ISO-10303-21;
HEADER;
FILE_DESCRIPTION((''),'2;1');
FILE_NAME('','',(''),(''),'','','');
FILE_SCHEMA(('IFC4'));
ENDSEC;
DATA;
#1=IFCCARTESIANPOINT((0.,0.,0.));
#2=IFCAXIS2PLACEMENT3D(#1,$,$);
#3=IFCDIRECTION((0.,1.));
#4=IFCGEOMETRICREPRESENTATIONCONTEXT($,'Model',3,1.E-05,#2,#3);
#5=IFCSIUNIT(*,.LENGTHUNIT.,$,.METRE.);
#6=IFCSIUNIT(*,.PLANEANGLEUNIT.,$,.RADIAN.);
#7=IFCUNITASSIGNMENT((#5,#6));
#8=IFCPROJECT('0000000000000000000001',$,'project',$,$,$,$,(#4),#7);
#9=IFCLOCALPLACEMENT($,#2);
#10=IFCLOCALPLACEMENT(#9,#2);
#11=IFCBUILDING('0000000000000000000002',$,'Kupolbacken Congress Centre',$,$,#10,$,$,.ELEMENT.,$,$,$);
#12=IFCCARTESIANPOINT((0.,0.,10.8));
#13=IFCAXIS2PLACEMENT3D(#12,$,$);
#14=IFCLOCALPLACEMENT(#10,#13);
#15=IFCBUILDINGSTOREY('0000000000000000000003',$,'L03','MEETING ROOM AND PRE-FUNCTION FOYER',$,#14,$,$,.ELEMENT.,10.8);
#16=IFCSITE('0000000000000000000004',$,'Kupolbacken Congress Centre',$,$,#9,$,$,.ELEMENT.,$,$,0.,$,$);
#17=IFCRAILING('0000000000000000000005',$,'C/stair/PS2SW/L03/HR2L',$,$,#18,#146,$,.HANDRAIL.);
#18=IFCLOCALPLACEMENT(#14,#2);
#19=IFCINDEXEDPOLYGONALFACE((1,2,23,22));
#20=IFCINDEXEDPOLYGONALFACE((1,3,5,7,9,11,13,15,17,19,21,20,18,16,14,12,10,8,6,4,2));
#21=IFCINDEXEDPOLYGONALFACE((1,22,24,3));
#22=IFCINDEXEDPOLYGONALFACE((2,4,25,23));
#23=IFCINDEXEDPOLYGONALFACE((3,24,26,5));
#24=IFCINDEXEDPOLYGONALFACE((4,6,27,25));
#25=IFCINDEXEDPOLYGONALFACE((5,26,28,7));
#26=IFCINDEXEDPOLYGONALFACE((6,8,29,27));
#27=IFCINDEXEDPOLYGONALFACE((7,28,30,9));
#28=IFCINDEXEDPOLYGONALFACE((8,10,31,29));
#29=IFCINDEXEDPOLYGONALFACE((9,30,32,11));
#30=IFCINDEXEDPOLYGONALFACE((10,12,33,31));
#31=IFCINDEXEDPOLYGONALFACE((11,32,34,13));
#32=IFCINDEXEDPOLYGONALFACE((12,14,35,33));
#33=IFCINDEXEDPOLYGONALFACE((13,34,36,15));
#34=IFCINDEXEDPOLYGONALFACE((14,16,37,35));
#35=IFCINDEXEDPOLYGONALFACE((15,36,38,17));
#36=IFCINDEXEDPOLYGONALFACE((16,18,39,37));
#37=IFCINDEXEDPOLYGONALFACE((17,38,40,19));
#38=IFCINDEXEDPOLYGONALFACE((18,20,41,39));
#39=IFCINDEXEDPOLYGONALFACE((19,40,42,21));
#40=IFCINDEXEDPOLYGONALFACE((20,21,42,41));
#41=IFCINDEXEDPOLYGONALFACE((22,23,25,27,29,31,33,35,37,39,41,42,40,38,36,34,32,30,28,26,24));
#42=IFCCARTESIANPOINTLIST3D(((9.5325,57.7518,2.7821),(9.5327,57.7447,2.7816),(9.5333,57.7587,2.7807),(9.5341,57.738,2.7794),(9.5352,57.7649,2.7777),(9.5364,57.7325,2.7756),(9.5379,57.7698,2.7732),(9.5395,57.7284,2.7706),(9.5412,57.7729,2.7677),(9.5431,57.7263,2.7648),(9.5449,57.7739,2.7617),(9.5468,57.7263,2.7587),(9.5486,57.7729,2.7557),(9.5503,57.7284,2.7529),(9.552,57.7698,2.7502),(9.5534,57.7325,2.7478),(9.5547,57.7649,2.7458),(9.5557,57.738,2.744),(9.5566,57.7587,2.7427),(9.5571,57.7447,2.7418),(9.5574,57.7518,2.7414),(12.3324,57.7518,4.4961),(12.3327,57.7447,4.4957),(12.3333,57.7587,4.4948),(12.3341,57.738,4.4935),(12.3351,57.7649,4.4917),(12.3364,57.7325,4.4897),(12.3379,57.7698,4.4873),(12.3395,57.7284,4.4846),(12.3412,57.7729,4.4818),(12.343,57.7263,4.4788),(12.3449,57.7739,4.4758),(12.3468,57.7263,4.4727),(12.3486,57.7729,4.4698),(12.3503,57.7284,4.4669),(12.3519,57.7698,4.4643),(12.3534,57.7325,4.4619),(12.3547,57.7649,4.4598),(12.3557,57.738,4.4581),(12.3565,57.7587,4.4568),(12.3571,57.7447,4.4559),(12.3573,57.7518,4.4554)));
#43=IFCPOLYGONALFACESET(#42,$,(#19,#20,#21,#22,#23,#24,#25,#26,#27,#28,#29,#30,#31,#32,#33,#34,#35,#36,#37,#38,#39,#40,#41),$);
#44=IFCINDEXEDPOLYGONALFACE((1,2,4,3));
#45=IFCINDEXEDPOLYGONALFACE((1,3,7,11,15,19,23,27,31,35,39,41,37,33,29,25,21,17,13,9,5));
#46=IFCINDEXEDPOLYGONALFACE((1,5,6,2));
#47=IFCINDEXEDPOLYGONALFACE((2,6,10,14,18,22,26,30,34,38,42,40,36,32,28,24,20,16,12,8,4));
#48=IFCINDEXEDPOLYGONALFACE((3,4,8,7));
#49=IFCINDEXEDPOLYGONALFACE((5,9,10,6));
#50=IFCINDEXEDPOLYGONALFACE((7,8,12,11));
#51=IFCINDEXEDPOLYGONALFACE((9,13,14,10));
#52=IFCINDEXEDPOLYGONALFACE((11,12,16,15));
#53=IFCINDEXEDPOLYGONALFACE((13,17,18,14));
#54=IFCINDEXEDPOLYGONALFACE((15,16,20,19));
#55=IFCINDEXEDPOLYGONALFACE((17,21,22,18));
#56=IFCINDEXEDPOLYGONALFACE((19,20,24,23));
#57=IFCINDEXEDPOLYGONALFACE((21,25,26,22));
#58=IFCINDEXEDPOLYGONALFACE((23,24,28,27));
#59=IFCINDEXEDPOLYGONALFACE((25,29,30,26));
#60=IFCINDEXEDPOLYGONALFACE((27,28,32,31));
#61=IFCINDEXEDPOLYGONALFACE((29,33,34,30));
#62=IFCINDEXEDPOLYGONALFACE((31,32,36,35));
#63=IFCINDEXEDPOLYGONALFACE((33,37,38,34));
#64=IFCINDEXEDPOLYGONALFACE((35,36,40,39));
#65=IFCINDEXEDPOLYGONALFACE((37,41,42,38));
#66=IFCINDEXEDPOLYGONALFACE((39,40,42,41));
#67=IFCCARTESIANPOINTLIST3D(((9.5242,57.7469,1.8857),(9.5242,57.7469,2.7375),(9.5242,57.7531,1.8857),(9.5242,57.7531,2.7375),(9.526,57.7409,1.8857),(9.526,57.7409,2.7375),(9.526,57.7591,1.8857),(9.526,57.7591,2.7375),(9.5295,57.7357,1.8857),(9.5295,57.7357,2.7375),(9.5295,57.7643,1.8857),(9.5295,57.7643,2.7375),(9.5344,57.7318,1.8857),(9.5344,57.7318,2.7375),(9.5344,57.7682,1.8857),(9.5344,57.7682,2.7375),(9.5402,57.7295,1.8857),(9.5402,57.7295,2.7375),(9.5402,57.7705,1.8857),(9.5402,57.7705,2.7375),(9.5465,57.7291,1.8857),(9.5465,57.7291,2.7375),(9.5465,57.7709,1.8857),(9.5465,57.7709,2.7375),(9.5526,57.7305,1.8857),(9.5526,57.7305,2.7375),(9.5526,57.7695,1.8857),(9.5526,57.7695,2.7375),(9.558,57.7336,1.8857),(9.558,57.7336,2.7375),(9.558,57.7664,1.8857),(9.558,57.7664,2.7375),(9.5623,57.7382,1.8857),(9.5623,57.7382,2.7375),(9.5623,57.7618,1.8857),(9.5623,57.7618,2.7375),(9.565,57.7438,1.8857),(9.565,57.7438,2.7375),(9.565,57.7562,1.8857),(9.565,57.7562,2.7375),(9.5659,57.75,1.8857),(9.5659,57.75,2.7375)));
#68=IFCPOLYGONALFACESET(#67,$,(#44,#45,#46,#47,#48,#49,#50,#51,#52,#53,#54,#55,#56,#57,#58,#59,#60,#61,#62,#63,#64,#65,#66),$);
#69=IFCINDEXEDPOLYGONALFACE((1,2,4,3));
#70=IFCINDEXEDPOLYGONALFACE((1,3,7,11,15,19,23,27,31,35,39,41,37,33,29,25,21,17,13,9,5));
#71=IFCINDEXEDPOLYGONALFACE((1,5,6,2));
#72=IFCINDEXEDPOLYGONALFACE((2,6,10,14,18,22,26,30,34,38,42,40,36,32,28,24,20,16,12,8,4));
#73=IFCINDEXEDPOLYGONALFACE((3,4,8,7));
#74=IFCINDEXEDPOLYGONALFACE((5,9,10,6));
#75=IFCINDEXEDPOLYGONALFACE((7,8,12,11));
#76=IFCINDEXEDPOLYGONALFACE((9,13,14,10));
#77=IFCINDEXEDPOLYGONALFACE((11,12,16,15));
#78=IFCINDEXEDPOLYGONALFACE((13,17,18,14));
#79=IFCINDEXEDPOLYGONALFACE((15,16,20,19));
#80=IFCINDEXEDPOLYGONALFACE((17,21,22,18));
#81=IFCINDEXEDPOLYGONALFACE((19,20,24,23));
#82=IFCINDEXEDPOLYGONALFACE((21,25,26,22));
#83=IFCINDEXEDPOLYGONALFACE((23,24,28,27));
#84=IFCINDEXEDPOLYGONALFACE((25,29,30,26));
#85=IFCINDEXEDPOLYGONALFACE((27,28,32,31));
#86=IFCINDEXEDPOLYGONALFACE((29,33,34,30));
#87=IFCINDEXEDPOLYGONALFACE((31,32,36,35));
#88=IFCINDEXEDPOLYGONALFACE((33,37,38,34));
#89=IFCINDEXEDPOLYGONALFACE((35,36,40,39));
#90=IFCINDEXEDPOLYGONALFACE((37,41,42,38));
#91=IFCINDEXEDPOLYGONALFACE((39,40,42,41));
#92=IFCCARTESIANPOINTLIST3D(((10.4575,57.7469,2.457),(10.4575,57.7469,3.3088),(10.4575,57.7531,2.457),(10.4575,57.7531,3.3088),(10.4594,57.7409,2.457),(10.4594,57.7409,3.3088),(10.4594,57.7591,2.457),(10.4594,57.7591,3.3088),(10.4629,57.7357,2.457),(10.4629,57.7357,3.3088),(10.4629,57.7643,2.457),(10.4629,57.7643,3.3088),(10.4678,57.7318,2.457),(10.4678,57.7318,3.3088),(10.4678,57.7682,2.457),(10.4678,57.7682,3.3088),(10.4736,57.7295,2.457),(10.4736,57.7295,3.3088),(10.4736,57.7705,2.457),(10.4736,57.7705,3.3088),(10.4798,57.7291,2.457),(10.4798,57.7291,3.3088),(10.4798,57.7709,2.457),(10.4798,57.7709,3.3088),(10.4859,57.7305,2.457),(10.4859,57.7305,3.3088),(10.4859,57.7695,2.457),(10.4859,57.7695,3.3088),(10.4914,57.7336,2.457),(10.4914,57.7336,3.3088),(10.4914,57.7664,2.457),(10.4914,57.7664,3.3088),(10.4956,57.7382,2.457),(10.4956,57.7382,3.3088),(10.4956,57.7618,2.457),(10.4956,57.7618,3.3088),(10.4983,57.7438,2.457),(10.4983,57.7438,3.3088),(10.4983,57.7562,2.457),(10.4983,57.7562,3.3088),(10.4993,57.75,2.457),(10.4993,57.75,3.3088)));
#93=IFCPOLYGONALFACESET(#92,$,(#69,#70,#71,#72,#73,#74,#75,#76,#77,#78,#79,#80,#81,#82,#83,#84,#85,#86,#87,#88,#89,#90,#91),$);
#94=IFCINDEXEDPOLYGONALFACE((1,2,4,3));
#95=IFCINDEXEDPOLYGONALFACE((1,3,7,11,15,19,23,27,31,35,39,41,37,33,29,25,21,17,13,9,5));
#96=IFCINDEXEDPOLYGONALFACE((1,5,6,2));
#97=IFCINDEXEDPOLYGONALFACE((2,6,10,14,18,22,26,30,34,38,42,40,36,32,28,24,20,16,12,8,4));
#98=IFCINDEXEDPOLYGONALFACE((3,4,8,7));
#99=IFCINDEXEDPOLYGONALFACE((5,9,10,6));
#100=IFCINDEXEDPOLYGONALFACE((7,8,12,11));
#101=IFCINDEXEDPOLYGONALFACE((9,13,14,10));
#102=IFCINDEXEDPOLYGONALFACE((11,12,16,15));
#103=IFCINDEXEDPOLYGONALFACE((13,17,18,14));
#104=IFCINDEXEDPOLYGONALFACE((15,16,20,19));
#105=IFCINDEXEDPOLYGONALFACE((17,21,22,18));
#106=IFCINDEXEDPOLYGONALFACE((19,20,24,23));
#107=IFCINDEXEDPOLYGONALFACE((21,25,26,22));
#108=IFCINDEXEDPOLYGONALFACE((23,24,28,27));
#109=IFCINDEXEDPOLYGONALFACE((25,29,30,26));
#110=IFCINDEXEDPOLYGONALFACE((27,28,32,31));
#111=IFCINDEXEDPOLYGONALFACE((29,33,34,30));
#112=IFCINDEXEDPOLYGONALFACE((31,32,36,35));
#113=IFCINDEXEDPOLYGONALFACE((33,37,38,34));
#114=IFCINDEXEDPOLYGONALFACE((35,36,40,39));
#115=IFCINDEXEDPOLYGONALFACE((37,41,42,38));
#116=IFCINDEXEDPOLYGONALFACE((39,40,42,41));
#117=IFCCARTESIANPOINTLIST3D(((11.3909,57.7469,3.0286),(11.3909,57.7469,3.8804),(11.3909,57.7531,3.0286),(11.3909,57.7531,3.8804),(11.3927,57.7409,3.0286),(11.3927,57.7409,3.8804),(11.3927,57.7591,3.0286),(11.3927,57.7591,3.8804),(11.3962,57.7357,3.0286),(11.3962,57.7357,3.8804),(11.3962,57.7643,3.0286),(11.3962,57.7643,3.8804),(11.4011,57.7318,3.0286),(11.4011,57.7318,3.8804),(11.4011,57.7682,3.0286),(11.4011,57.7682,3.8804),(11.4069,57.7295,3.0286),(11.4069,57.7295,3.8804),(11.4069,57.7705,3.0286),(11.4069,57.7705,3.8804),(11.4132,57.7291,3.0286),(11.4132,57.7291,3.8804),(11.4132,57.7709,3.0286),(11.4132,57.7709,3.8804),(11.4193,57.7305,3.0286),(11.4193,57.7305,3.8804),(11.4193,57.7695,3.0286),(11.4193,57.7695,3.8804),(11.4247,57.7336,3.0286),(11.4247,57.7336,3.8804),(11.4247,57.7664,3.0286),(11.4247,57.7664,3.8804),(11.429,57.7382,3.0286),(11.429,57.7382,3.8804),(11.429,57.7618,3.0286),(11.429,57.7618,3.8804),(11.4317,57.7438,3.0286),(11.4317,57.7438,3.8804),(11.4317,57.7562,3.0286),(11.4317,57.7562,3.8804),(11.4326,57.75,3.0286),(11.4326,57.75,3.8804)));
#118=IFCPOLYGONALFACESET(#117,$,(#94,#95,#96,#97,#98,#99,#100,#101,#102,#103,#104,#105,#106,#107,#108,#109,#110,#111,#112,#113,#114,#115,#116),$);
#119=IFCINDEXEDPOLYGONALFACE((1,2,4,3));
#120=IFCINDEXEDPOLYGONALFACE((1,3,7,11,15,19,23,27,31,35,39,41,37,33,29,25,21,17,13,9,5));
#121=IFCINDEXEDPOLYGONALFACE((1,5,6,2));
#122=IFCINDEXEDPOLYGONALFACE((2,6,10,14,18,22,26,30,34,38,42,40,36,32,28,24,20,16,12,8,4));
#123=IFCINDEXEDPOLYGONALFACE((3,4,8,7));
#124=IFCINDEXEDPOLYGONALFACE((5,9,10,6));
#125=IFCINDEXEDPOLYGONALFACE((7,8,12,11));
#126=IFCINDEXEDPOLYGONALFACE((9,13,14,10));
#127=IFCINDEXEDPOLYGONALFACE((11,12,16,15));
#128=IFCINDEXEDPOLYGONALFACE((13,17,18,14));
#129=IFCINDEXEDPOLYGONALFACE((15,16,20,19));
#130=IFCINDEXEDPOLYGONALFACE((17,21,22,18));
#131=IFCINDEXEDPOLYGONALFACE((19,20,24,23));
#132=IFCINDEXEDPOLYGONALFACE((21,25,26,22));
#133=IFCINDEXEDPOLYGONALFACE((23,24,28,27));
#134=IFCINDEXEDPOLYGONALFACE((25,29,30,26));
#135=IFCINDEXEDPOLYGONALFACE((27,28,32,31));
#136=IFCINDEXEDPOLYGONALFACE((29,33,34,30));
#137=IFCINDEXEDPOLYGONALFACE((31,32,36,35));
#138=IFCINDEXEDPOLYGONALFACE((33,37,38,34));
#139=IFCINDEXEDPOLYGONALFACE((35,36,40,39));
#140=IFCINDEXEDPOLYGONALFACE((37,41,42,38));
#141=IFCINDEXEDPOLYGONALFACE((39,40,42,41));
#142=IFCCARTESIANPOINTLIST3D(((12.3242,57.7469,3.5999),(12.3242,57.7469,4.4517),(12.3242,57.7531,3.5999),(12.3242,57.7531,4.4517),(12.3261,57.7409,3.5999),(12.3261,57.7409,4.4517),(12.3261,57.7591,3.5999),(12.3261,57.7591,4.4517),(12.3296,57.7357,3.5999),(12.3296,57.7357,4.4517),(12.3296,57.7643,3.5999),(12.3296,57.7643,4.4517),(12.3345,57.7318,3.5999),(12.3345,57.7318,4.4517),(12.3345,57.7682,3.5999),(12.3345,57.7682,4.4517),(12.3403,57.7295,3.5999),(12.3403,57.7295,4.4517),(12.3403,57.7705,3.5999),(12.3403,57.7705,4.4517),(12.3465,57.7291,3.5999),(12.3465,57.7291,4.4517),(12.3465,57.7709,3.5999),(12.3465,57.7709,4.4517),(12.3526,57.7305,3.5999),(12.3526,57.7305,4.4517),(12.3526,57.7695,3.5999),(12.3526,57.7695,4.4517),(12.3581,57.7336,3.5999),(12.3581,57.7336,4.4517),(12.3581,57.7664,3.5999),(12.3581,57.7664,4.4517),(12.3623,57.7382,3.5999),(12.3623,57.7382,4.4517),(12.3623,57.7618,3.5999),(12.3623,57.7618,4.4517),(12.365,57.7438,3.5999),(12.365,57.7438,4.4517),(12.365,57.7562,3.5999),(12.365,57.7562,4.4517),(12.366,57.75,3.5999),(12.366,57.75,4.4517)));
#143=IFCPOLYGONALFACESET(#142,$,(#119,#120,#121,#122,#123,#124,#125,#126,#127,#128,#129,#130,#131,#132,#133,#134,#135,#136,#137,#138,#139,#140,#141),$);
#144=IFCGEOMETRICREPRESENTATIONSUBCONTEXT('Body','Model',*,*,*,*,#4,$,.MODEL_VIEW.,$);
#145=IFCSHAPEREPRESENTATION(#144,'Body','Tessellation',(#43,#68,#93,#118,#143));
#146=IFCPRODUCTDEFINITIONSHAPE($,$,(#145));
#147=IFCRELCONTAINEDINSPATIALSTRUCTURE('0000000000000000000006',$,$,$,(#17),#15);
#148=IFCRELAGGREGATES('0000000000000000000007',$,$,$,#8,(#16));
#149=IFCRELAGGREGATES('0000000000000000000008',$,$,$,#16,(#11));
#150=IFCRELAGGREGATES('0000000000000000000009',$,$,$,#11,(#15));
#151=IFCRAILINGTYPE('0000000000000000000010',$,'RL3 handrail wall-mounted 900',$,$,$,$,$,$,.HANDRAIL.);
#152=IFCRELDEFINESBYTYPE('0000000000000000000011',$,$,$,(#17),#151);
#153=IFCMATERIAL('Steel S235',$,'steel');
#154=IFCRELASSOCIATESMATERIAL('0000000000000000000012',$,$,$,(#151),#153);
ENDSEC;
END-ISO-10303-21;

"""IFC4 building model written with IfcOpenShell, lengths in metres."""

from ifc_helpers import new_model, si_unit, direction, frame, origin, origin_2d, place, context, subcontext, project, spatial, circle, extrude, material, type_object, element, save


model = new_model("IFC4")

# Units and contexts
model_context = context("Model", 3, precision=1e-05, world=origin(), true_north=direction((0.0, 1.0)))
body_context = subcontext(model_context, "Body", "Model", "MODEL_VIEW")
ifc_project = project(units=[si_unit("LENGTHUNIT", "METRE"), si_unit("PLANEANGLEUNIT", "RADIAN")], contexts=[model_context])

# Site, building, storey
site_placement = place(None, origin())
site = spatial("IfcSite", under=ifc_project, at=site_placement, Name="Kupolbacken Congress Centre", CompositionType="ELEMENT", RefElevation=0.0)
building_placement = place(site_placement, origin())
building = spatial("IfcBuilding", under=site, at=building_placement, Name="Kupolbacken Congress Centre", CompositionType="ELEMENT")
storey_placement = place(building_placement, frame((0.0, 0.0, 10.8)))
storey = spatial("IfcBuildingStorey", under=building, at=storey_placement, Name="L03", Description="MEETING ROOM AND PRE-FUNCTION FOYER", CompositionType="ELEMENT", Elevation=10.8)

# Railing
ifc_material_1 = material(Name="Steel S235", Category="steel")
railing_type = type_object("IfcRailingType", Name="RL3 handrail wall-mounted 900", PredefinedType="HANDRAIL", material=ifc_material_1)
for number, where, name in (
    (1, (9.5449, 57.75, 1.8857), "C/stair/PS2SW/L03/HR2L"),
):
    element("IfcRailing", number, at=place(storey_placement, frame(where)), inside=storey, type_object=railing_type, Name=name, PredefinedType="HANDRAIL", context=body_context, shape_type="SweptSolid", body=[
        extrude(circle(Radius=0.0239, at=origin_2d()), frame((0.0, 0.0, 0.876), z_axis=(0.852879, 0.0, 0.522109), x_axis=(0.0, 1.0, 0.0)), (0.0, 0.0, 1.0), 3.283),
        extrude(circle(Radius=0.021, at=origin_2d()), origin(), (0.0, 0.0, 1.0), 0.8518),
        extrude(circle(Radius=0.021, at=origin_2d()), frame((0.9333, 0.0, 0.5713)), (0.0, 0.0, 1.0), 0.8518),
        extrude(circle(Radius=0.021, at=origin_2d()), frame((1.8667, 0.0, 1.1428)), (0.0, 0.0, 1.0), 0.8518),
        extrude(circle(Radius=0.021, at=origin_2d()), frame((2.8, 0.0, 1.7141)), (0.0, 0.0, 1.0), 0.8518),
    ])

save(model, "model.ifc")
